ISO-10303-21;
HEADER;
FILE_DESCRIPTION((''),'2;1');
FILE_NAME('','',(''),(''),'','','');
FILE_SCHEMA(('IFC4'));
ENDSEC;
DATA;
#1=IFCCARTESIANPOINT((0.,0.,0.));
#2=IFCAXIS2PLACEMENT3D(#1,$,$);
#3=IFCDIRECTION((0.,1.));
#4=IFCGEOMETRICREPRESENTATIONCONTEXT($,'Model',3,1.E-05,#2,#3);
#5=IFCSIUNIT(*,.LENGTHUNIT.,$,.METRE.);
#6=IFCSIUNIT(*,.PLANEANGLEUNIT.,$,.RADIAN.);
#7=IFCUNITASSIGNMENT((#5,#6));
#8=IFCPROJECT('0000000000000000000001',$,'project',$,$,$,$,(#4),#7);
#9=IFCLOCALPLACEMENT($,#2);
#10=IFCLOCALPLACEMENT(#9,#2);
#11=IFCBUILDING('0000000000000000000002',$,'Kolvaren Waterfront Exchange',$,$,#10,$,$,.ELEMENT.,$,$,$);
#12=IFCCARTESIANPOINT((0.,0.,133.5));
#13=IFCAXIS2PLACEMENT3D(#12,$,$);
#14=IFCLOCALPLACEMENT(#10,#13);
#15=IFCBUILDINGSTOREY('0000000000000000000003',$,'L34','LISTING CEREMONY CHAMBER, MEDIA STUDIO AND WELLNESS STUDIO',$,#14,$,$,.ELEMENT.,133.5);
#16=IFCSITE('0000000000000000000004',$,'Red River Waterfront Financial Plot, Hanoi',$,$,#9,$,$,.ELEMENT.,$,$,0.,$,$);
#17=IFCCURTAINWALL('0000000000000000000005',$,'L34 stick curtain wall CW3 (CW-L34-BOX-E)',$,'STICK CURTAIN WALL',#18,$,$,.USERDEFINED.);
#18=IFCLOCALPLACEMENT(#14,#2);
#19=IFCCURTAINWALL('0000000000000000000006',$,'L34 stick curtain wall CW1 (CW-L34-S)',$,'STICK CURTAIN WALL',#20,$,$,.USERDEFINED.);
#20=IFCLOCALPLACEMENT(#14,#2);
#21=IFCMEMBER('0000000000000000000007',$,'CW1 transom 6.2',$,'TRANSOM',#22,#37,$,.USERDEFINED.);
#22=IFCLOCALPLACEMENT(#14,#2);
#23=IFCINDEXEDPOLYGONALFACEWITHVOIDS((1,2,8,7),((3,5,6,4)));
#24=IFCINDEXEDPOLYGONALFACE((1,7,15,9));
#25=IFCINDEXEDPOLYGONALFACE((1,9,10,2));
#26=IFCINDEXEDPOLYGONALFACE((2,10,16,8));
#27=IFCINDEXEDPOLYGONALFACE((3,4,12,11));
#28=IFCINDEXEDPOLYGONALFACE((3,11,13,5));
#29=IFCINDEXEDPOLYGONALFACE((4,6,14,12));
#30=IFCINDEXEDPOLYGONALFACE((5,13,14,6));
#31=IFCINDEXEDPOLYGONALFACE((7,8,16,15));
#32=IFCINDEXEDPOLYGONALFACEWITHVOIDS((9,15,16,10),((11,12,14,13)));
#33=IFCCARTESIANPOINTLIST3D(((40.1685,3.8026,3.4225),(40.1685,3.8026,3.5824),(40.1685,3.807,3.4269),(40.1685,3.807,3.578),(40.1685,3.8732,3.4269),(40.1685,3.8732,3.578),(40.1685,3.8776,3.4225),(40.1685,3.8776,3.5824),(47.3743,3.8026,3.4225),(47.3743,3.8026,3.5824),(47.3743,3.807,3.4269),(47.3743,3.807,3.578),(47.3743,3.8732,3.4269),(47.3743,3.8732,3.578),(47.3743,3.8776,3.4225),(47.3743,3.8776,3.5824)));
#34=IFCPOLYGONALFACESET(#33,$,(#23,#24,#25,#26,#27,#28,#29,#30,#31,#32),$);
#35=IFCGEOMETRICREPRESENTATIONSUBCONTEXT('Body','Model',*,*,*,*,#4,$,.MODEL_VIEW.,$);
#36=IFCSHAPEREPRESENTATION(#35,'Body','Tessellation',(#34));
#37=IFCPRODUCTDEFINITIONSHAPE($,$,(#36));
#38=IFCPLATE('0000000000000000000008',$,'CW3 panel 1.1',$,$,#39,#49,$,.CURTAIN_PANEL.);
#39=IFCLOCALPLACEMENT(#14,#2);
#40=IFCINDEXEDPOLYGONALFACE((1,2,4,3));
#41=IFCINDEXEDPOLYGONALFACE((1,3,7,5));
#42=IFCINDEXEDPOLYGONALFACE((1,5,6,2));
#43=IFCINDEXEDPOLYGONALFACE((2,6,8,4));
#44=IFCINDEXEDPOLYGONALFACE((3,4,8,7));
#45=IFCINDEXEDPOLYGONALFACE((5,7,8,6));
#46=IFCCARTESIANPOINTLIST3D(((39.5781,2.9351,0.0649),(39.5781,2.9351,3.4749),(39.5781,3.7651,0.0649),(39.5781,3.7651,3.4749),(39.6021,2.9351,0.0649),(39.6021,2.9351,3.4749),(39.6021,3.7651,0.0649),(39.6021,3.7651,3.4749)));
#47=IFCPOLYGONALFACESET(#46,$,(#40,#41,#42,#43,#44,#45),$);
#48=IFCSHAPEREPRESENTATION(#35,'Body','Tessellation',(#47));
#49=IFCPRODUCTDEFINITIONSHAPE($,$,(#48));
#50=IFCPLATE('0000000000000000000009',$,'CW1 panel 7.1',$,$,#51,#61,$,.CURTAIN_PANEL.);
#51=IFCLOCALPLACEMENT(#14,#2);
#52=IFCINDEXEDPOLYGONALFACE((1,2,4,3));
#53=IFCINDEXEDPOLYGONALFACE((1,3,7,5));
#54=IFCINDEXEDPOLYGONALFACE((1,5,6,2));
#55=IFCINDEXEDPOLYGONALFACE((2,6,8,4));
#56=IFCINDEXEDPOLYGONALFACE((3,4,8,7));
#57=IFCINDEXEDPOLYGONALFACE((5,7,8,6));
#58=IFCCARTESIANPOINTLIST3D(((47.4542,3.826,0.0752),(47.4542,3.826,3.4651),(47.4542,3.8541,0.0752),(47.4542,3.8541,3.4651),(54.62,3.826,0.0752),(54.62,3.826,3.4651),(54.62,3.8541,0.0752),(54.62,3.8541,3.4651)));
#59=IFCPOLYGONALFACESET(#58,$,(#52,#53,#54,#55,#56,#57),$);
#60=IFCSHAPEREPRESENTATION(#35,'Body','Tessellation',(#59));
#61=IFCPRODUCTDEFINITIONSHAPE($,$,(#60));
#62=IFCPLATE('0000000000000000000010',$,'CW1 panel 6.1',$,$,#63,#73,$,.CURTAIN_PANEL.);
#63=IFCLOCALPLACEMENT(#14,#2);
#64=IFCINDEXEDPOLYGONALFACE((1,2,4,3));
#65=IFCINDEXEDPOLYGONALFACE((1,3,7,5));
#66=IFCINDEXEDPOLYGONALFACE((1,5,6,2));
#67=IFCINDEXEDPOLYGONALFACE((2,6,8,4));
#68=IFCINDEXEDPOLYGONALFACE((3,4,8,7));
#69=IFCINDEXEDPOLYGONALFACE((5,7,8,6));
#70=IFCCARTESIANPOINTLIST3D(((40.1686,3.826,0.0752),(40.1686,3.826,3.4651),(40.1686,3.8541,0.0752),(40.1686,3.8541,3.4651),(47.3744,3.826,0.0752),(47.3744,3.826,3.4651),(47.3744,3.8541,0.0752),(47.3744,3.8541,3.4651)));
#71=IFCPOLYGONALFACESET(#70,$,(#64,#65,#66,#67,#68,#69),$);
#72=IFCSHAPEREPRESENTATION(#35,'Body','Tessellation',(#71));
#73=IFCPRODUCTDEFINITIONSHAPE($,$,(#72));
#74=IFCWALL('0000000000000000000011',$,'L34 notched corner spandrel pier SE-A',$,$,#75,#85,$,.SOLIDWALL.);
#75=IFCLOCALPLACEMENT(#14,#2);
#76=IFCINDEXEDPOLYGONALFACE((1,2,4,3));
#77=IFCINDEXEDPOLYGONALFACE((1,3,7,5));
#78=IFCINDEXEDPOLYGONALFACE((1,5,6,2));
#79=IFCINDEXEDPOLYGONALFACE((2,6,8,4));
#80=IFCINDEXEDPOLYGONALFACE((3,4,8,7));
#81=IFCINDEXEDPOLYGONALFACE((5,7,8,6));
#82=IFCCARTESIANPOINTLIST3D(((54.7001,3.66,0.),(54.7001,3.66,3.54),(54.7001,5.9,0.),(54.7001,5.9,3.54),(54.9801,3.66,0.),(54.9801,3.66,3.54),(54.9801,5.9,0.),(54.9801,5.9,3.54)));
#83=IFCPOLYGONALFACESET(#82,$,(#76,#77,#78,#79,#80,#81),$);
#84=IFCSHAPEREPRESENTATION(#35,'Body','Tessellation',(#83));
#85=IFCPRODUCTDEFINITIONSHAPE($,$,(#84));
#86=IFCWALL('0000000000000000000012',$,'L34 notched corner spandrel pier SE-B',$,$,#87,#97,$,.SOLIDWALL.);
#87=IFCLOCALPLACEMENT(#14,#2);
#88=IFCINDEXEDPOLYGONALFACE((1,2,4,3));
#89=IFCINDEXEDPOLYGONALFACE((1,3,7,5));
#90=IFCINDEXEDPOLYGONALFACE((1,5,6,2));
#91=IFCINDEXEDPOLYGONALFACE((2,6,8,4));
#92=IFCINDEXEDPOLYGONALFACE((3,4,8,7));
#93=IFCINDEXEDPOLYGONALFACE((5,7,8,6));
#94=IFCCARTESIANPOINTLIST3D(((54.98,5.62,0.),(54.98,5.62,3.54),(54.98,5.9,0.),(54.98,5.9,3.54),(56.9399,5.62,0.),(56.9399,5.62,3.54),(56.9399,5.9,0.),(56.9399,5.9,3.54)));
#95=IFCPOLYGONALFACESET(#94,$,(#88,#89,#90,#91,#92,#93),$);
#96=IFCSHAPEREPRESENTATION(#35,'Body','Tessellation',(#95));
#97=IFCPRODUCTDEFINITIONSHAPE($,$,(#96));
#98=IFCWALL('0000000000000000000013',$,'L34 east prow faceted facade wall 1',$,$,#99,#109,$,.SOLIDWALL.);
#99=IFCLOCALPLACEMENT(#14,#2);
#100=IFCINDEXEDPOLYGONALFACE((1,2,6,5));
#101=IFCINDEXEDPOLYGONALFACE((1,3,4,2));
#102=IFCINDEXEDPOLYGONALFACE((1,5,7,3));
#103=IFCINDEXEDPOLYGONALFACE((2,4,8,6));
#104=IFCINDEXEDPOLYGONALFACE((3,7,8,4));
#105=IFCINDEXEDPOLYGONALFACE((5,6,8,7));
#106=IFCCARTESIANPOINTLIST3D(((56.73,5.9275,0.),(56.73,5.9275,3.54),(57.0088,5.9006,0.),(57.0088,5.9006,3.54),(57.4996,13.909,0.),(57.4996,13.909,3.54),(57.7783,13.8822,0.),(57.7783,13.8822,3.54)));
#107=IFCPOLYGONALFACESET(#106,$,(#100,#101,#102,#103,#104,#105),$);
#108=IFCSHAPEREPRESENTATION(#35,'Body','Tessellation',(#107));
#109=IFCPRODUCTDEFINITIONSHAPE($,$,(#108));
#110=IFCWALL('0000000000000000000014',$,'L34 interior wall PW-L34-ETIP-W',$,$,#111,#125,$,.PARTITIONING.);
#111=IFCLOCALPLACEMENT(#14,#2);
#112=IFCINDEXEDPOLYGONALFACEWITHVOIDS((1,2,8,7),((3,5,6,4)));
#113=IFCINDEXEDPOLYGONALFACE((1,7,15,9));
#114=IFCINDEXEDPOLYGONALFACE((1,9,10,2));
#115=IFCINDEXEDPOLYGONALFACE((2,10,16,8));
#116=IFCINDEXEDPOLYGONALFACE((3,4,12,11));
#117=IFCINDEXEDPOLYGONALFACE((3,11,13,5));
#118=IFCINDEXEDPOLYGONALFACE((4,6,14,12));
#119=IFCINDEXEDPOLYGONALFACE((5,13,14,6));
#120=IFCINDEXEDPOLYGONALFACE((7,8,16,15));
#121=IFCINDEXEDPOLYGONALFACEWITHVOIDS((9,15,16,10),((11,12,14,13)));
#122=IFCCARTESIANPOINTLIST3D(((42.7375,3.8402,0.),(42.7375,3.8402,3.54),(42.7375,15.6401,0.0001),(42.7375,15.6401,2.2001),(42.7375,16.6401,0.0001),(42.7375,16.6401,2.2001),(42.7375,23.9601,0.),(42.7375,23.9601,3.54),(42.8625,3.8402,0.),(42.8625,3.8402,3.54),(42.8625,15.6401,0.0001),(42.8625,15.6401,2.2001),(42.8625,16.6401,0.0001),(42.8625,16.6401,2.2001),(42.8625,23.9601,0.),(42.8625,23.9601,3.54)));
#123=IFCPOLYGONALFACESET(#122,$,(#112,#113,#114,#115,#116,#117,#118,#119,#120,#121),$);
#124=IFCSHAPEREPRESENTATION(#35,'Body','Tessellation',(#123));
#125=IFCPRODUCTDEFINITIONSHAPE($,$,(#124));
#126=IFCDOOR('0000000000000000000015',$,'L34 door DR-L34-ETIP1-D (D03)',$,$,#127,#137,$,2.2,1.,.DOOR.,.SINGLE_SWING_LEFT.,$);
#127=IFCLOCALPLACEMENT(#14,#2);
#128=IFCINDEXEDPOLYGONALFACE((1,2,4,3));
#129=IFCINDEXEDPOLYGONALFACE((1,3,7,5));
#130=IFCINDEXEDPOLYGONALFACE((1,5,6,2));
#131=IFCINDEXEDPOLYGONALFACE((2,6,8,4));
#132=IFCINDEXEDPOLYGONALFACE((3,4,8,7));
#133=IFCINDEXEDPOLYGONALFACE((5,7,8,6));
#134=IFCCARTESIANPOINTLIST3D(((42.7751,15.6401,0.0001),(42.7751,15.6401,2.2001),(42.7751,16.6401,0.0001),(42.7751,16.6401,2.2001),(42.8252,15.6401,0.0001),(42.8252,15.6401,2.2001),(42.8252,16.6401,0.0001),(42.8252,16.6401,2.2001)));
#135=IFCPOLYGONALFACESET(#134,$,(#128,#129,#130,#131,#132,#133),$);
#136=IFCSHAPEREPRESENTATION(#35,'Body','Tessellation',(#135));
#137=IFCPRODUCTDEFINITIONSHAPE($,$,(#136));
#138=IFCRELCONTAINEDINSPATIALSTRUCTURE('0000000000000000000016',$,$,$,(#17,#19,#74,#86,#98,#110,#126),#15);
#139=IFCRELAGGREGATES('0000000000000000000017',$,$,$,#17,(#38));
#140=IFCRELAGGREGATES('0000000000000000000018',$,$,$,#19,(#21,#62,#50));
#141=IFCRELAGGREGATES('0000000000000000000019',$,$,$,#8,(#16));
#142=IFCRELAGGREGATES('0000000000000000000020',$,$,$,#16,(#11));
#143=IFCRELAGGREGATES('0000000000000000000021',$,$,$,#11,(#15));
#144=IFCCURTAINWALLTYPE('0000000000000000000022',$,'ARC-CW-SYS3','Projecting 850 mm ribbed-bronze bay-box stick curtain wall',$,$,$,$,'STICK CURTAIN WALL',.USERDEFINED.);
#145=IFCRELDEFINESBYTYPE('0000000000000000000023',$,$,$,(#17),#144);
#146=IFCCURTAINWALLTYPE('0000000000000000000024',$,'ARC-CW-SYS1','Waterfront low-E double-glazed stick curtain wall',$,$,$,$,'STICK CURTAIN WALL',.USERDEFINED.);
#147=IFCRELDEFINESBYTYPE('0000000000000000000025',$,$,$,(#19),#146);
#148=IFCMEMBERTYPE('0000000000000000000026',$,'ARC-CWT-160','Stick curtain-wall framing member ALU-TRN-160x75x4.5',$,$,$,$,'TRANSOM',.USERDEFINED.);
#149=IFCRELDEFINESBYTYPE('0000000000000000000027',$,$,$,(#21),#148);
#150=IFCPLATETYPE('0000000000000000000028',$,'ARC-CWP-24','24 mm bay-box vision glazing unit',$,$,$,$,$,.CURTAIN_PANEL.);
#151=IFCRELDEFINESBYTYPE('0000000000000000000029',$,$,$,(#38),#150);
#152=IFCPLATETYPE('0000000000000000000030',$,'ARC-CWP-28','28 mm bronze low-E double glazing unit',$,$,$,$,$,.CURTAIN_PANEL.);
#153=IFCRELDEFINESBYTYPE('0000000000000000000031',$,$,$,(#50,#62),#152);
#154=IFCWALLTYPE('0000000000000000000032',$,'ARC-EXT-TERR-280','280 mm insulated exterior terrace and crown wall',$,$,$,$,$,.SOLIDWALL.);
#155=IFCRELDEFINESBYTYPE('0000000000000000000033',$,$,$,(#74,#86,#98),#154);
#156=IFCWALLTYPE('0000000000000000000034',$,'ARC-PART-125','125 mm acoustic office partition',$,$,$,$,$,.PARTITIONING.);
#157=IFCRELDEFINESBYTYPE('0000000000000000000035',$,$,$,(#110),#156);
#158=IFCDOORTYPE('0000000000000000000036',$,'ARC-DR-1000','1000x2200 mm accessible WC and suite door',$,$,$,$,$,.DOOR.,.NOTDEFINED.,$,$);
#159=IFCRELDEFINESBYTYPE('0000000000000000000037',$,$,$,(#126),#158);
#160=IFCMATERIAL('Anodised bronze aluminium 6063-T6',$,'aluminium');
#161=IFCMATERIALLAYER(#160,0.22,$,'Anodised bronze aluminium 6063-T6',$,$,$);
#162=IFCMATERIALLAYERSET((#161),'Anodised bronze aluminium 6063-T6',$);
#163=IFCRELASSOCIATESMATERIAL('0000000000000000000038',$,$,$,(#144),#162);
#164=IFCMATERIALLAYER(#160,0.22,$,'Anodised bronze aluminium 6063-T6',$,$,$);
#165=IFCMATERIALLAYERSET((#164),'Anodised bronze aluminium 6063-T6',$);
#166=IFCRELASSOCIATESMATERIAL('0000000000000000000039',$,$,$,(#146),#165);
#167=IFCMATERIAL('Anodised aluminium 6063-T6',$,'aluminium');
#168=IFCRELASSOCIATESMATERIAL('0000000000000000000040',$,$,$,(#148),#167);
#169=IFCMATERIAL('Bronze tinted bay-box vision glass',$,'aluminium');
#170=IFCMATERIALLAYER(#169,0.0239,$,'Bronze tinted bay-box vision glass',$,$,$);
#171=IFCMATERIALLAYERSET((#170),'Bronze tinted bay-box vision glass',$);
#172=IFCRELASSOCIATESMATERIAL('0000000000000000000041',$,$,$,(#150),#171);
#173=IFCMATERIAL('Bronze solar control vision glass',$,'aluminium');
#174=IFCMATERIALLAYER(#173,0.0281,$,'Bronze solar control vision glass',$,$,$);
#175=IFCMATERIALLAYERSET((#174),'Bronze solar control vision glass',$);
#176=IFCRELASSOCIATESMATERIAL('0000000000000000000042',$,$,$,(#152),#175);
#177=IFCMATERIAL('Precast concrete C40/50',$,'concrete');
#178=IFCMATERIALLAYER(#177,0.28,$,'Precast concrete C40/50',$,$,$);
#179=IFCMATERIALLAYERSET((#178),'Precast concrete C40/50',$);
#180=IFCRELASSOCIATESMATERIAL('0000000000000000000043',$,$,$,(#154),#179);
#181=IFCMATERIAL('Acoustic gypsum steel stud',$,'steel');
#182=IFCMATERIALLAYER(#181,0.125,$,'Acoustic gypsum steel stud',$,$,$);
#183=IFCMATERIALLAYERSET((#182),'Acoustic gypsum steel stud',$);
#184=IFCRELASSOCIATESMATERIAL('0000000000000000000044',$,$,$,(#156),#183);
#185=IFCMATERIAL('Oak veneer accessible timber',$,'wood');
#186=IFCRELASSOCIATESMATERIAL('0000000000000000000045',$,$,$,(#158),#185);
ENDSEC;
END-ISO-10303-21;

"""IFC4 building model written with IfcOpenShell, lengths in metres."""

from ifc_helpers import new_model, si_unit, direction, frame, frame_2d, origin, origin_with_axes, origin_2d, place, context, subcontext, project, spatial, rectangle, hollow_rectangle, extrude, source, transform, mapped, material, layer, layer_set, material_profile, profile_set, type_object, element, fill, aggregate, save


model = new_model("IFC4")

# Units and contexts
model_context = context("Model", 3, precision=1e-05, world=origin(), true_north=direction((0.0, 1.0)))
body_context = subcontext(model_context, "Body", "Model", "MODEL_VIEW")
ifc_project = project(units=[si_unit("LENGTHUNIT", "METRE"), si_unit("PLANEANGLEUNIT", "RADIAN")], contexts=[model_context])

# Site, building, storey
site_placement = place(None, origin())
site = spatial("IfcSite", under=ifc_project, at=site_placement, Name="Red River Waterfront Financial Plot, Hanoi", CompositionType="ELEMENT", RefElevation=0.0)
building_placement = place(site_placement, origin())
building = spatial("IfcBuilding", under=site, at=building_placement, Name="Kolvaren Waterfront Exchange", CompositionType="ELEMENT")
storey_placement = place(building_placement, frame((0.0, 0.0, 133.5)))
storey = spatial("IfcBuildingStorey", under=building, at=storey_placement, Name="L34", Description="LISTING CEREMONY CHAMBER, MEDIA STUDIO AND WELLNESS STUDIO", CompositionType="ELEMENT", Elevation=133.5)

# Curtain wall
ifc_material_1 = material(Name="Anodised bronze aluminium 6063-T6", Category="aluminium")
ifc_layer_1 = layer(ifc_material_1, 0.22, Name="Anodised bronze aluminium 6063-T6")
ifc_layer_set_1 = layer_set([ifc_layer_1], Name="Anodised bronze aluminium 6063-T6")
curtain_wall_type_1 = type_object("IfcCurtainWallType", Name="ARC-CW-SYS3", Description="Projecting 850 mm ribbed-bronze bay-box stick curtain wall", ElementType="STICK CURTAIN WALL", PredefinedType="USERDEFINED", material=ifc_layer_set_1)
curtain_wall_1_placement = place(storey_placement, origin())
curtain_wall_1 = element("IfcCurtainWall", 1, at=curtain_wall_1_placement, inside=storey, type_object=curtain_wall_type_1, Name="L34 stick curtain wall CW3 (CW-L34-BOX-E)", ObjectType="STICK CURTAIN WALL", PredefinedType="USERDEFINED")

# Curtain wall, member
ifc_layer_2 = layer(ifc_material_1, 0.22, Name="Anodised bronze aluminium 6063-T6")
ifc_layer_set_2 = layer_set([ifc_layer_2], Name="Anodised bronze aluminium 6063-T6")
curtain_wall_type_2 = type_object("IfcCurtainWallType", Name="ARC-CW-SYS1", Description="Waterfront low-E double-glazed stick curtain wall", ElementType="STICK CURTAIN WALL", PredefinedType="USERDEFINED", material=ifc_layer_set_2)
curtain_wall_2_placement = place(storey_placement, origin())
curtain_wall_2 = element("IfcCurtainWall", 2, at=curtain_wall_2_placement, inside=storey, type_object=curtain_wall_type_2, Name="L34 stick curtain wall CW1 (CW-L34-S)", ObjectType="STICK CURTAIN WALL", PredefinedType="USERDEFINED")
ifc_material_2 = material(Name="Anodised aluminium 6063-T6", Category="aluminium")
ifc_material_profile_1 = material_profile(ifc_material_2, hollow_rectangle(XDim=0.075, YDim=0.1599, WallThickness=0.0044, at=origin_2d()), Name="ALU-TRN-160x75x4.5")
ifc_profile_set_1 = profile_set([ifc_material_profile_1], Name="Anodised aluminium 6063-T6")
member_type_1 = type_object("IfcMemberType", Name="ARC-CWT-160", Description="Stick curtain-wall framing member ALU-TRN-160x75x4.5", ElementType="TRANSOM", PredefinedType="USERDEFINED", material=ifc_profile_set_1)
shared_shape_1 = source(origin_with_axes(), body_context, "Body", "SweptSolid", [
    extrude(hollow_rectangle(XDim=0.075, YDim=0.1599, WallThickness=0.0044, at=origin_2d()), origin(), (0.0, 0.0, 1.0), 7.2058),
])
member_1_placement = place(storey_placement, frame((40.1685, 3.8401, 3.5024), z_axis=(1.0, 0.0, 0.0), x_axis=(0.0, 1.0, 0.0)))
member_1 = element("IfcMember", 3, at=member_1_placement, type_object=member_type_1, Name="CW1 transom 6.2", ObjectType="TRANSOM", PredefinedType="USERDEFINED", context=body_context, shape_type="MappedRepresentation", body=[
    mapped(shared_shape_1, transform((0.0, 0.0, 0.0), x_axis=(1.0, 0.0, 0.0), y_axis=(0.0, 1.0, 0.0), z_axis=(0.0, 0.0, 1.0), scale=1.0)),
])

# Plates
ifc_material_3 = material(Name="Bronze tinted bay-box vision glass", Category="aluminium")
ifc_layer_3 = layer(ifc_material_3, 0.0239, Name="Bronze tinted bay-box vision glass")
ifc_layer_set_3 = layer_set([ifc_layer_3], Name="Bronze tinted bay-box vision glass")
plate_type_1 = type_object("IfcPlateType", Name="ARC-CWP-24", Description="24 mm bay-box vision glazing unit", PredefinedType="CURTAIN_PANEL", material=ifc_layer_set_3)
shared_shape_2 = source(origin_with_axes(), body_context, "Body", "SweptSolid", [
    extrude(rectangle(XDim=0.8301, YDim=0.0239, at=origin_2d()), origin(), (0.0, 0.0, 1.0), 3.4099),
])
plate_1_placement = place(storey_placement, frame((39.5901, 3.3501, 0.0649), z_axis=(0.0, 0.0, 1.0), x_axis=(0.0, 1.0, 0.0)))
plate_1 = element("IfcPlate", 4, at=plate_1_placement, type_object=plate_type_1, Name="CW3 panel 1.1", PredefinedType="CURTAIN_PANEL", context=body_context, shape_type="MappedRepresentation", body=[
    mapped(shared_shape_2, transform((0.0, 0.0, 0.0), x_axis=(1.0, 0.0, 0.0), y_axis=(0.0, 1.0, 0.0), z_axis=(0.0, 0.0, 1.0), scale=1.0)),
])
aggregate(curtain_wall_1, [plate_1])
ifc_material_4 = material(Name="Bronze solar control vision glass", Category="aluminium")
ifc_layer_4 = layer(ifc_material_4, 0.0281, Name="Bronze solar control vision glass")
ifc_layer_set_4 = layer_set([ifc_layer_4], Name="Bronze solar control vision glass")
plate_type_2 = type_object("IfcPlateType", Name="ARC-CWP-28", Description="28 mm bronze low-E double glazing unit", PredefinedType="CURTAIN_PANEL", material=ifc_layer_set_4)
shared_shape_3 = source(origin_with_axes(), body_context, "Body", "SweptSolid", [
    extrude(rectangle(XDim=7.1658, YDim=0.0281, at=origin_2d()), origin(), (0.0, 0.0, 1.0), 3.3899),
])
plate_2_placement = place(storey_placement, frame((51.0371, 3.8401, 0.0752), z_axis=(0.0, 0.0, 1.0), x_axis=(1.0, 0.0, 0.0)))
plate_2 = element("IfcPlate", 5, at=plate_2_placement, type_object=plate_type_2, Name="CW1 panel 7.1", PredefinedType="CURTAIN_PANEL", context=body_context, shape_type="MappedRepresentation", body=[
    mapped(shared_shape_3, transform((0.0, 0.0, 0.0), x_axis=(1.0, 0.0, 0.0), y_axis=(0.0, 1.0, 0.0), z_axis=(0.0, 0.0, 1.0), scale=1.0)),
])
shared_shape_4 = source(origin_with_axes(), body_context, "Body", "SweptSolid", [
    extrude(rectangle(XDim=7.2058, YDim=0.0281, at=origin_2d()), origin(), (0.0, 0.0, 1.0), 3.3899),
])
plate_3_placement = place(storey_placement, frame((43.7715, 3.8401, 0.0752), z_axis=(0.0, 0.0, 1.0), x_axis=(1.0, 0.0, 0.0)))
plate_3 = element("IfcPlate", 6, at=plate_3_placement, type_object=plate_type_2, Name="CW1 panel 6.1", PredefinedType="CURTAIN_PANEL", context=body_context, shape_type="MappedRepresentation", body=[
    mapped(shared_shape_4, transform((0.0, 0.0, 0.0), x_axis=(1.0, 0.0, 0.0), y_axis=(0.0, 1.0, 0.0), z_axis=(0.0, 0.0, 1.0), scale=1.0)),
])
aggregate(curtain_wall_2, [member_1, plate_3, plate_2])

# Walls
ifc_material_5 = material(Name="Precast concrete C40/50", Category="concrete")
ifc_layer_5 = layer(ifc_material_5, 0.28, Name="Precast concrete C40/50")
ifc_layer_set_5 = layer_set([ifc_layer_5], Name="Precast concrete C40/50")
wall_type_1 = type_object("IfcWallType", Name="ARC-EXT-TERR-280", Description="280 mm insulated exterior terrace and crown wall", PredefinedType="SOLIDWALL", material=ifc_layer_set_5)
wall_1_placement = place(storey_placement, frame((54.8401, 3.6599, 0.0), z_axis=(0.0, 0.0, 1.0), x_axis=(0.0, 1.0, 0.0)))
element("IfcWall", 7, at=wall_1_placement, inside=storey, type_object=wall_type_1, Name="L34 notched corner spandrel pier SE-A", PredefinedType="SOLIDWALL", context=body_context, shape_type="SweptSolid", body=[
    extrude(rectangle(XDim=2.24, YDim=0.28, at=frame_2d((1.1201, 0.0))), origin(), (0.0, 0.0, 1.0), 3.54),
])
wall_2_placement = place(storey_placement, frame((54.98, 5.76, 0.0), z_axis=(0.0, 0.0, 1.0), x_axis=(1.0, 0.0, 0.0)))
element("IfcWall", 8, at=wall_2_placement, inside=storey, type_object=wall_type_1, Name="L34 notched corner spandrel pier SE-B", PredefinedType="SOLIDWALL", context=body_context, shape_type="SweptSolid", body=[
    extrude(rectangle(XDim=1.96, YDim=0.28, at=frame_2d((0.98, 0.0))), origin(), (0.0, 0.0, 1.0), 3.54),
])
wall_3_placement = place(storey_placement, frame((56.8694, 5.9141, 0.0), z_axis=(0.0, 0.0, 1.0), x_axis=(0.09597, 0.995384, 0.0)))
element("IfcWall", 9, at=wall_3_placement, inside=storey, type_object=wall_type_1, Name="L34 east prow faceted facade wall 1", PredefinedType="SOLIDWALL", context=body_context, shape_type="SweptSolid", body=[
    extrude(rectangle(XDim=8.0186, YDim=0.28, at=frame_2d((4.0093, 0.0))), origin(), (0.0, 0.0, 1.0), 3.54),
])

# Wall, opening, door
ifc_material_6 = material(Name="Acoustic gypsum steel stud", Category="steel")
ifc_layer_6 = layer(ifc_material_6, 0.125, Name="Acoustic gypsum steel stud")
ifc_layer_set_6 = layer_set([ifc_layer_6], Name="Acoustic gypsum steel stud")
wall_type_2 = type_object("IfcWallType", Name="ARC-PART-125", Description="125 mm acoustic office partition", PredefinedType="PARTITIONING", material=ifc_layer_set_6)
wall_4_placement = place(storey_placement, frame((42.8, 3.8401, 0.0), z_axis=(0.0, 0.0, 1.0), x_axis=(0.0, 1.0, 0.0)))
wall_4 = element("IfcWall", 10, at=wall_4_placement, inside=storey, type_object=wall_type_2, Name="L34 interior wall PW-L34-ETIP-W", PredefinedType="PARTITIONING", context=body_context, shape_type="SweptSolid", body=[
    extrude(rectangle(XDim=20.1199, YDim=0.125, at=frame_2d((10.0601, 0.0))), origin(), (0.0, 0.0, 1.0), 3.54),
])
opening_placement = place(wall_4_placement, frame((11.8, 0.0, 0.0)))
opening = element("IfcOpeningElement", 11, at=opening_placement, cuts=wall_4, PredefinedType="OPENING", context=body_context, shape_type="SweptSolid", body=[
    extrude(rectangle(XDim=1.0, YDim=2.2, at=frame_2d((0.5, 1.1001))), frame((0.0, 0.0725, 0.0), z_axis=(0.0, -1.0, 0.0), x_axis=(1.0, 0.0, 0.0)), (0.0, 0.0, 1.0), 0.145),
])
ifc_material_7 = material(Name="Oak veneer accessible timber", Category="wood")
door_type = type_object("IfcDoorType", Name="ARC-DR-1000", Description="1000x2200 mm accessible WC and suite door", OperationType="NOTDEFINED", PredefinedType="DOOR", material=ifc_material_7)
door_placement = place(opening_placement, origin())
door = element("IfcDoor", 12, at=door_placement, inside=storey, type_object=door_type, Name="L34 door DR-L34-ETIP1-D (D03)", OperationType="SINGLE_SWING_LEFT", OverallHeight=2.2, OverallWidth=1.0, PredefinedType="DOOR", context=body_context, shape_type="SweptSolid", body=[
    extrude(rectangle(XDim=1.0, YDim=2.2, at=frame_2d((0.5, 1.1001))), frame((0.0, 0.0249, 0.0), z_axis=(0.0, -1.0, 0.0), x_axis=(1.0, 0.0, 0.0)), (0.0, 0.0, 1.0), 0.05),
])
fill(opening, door)

save(model, "model.ifc")
